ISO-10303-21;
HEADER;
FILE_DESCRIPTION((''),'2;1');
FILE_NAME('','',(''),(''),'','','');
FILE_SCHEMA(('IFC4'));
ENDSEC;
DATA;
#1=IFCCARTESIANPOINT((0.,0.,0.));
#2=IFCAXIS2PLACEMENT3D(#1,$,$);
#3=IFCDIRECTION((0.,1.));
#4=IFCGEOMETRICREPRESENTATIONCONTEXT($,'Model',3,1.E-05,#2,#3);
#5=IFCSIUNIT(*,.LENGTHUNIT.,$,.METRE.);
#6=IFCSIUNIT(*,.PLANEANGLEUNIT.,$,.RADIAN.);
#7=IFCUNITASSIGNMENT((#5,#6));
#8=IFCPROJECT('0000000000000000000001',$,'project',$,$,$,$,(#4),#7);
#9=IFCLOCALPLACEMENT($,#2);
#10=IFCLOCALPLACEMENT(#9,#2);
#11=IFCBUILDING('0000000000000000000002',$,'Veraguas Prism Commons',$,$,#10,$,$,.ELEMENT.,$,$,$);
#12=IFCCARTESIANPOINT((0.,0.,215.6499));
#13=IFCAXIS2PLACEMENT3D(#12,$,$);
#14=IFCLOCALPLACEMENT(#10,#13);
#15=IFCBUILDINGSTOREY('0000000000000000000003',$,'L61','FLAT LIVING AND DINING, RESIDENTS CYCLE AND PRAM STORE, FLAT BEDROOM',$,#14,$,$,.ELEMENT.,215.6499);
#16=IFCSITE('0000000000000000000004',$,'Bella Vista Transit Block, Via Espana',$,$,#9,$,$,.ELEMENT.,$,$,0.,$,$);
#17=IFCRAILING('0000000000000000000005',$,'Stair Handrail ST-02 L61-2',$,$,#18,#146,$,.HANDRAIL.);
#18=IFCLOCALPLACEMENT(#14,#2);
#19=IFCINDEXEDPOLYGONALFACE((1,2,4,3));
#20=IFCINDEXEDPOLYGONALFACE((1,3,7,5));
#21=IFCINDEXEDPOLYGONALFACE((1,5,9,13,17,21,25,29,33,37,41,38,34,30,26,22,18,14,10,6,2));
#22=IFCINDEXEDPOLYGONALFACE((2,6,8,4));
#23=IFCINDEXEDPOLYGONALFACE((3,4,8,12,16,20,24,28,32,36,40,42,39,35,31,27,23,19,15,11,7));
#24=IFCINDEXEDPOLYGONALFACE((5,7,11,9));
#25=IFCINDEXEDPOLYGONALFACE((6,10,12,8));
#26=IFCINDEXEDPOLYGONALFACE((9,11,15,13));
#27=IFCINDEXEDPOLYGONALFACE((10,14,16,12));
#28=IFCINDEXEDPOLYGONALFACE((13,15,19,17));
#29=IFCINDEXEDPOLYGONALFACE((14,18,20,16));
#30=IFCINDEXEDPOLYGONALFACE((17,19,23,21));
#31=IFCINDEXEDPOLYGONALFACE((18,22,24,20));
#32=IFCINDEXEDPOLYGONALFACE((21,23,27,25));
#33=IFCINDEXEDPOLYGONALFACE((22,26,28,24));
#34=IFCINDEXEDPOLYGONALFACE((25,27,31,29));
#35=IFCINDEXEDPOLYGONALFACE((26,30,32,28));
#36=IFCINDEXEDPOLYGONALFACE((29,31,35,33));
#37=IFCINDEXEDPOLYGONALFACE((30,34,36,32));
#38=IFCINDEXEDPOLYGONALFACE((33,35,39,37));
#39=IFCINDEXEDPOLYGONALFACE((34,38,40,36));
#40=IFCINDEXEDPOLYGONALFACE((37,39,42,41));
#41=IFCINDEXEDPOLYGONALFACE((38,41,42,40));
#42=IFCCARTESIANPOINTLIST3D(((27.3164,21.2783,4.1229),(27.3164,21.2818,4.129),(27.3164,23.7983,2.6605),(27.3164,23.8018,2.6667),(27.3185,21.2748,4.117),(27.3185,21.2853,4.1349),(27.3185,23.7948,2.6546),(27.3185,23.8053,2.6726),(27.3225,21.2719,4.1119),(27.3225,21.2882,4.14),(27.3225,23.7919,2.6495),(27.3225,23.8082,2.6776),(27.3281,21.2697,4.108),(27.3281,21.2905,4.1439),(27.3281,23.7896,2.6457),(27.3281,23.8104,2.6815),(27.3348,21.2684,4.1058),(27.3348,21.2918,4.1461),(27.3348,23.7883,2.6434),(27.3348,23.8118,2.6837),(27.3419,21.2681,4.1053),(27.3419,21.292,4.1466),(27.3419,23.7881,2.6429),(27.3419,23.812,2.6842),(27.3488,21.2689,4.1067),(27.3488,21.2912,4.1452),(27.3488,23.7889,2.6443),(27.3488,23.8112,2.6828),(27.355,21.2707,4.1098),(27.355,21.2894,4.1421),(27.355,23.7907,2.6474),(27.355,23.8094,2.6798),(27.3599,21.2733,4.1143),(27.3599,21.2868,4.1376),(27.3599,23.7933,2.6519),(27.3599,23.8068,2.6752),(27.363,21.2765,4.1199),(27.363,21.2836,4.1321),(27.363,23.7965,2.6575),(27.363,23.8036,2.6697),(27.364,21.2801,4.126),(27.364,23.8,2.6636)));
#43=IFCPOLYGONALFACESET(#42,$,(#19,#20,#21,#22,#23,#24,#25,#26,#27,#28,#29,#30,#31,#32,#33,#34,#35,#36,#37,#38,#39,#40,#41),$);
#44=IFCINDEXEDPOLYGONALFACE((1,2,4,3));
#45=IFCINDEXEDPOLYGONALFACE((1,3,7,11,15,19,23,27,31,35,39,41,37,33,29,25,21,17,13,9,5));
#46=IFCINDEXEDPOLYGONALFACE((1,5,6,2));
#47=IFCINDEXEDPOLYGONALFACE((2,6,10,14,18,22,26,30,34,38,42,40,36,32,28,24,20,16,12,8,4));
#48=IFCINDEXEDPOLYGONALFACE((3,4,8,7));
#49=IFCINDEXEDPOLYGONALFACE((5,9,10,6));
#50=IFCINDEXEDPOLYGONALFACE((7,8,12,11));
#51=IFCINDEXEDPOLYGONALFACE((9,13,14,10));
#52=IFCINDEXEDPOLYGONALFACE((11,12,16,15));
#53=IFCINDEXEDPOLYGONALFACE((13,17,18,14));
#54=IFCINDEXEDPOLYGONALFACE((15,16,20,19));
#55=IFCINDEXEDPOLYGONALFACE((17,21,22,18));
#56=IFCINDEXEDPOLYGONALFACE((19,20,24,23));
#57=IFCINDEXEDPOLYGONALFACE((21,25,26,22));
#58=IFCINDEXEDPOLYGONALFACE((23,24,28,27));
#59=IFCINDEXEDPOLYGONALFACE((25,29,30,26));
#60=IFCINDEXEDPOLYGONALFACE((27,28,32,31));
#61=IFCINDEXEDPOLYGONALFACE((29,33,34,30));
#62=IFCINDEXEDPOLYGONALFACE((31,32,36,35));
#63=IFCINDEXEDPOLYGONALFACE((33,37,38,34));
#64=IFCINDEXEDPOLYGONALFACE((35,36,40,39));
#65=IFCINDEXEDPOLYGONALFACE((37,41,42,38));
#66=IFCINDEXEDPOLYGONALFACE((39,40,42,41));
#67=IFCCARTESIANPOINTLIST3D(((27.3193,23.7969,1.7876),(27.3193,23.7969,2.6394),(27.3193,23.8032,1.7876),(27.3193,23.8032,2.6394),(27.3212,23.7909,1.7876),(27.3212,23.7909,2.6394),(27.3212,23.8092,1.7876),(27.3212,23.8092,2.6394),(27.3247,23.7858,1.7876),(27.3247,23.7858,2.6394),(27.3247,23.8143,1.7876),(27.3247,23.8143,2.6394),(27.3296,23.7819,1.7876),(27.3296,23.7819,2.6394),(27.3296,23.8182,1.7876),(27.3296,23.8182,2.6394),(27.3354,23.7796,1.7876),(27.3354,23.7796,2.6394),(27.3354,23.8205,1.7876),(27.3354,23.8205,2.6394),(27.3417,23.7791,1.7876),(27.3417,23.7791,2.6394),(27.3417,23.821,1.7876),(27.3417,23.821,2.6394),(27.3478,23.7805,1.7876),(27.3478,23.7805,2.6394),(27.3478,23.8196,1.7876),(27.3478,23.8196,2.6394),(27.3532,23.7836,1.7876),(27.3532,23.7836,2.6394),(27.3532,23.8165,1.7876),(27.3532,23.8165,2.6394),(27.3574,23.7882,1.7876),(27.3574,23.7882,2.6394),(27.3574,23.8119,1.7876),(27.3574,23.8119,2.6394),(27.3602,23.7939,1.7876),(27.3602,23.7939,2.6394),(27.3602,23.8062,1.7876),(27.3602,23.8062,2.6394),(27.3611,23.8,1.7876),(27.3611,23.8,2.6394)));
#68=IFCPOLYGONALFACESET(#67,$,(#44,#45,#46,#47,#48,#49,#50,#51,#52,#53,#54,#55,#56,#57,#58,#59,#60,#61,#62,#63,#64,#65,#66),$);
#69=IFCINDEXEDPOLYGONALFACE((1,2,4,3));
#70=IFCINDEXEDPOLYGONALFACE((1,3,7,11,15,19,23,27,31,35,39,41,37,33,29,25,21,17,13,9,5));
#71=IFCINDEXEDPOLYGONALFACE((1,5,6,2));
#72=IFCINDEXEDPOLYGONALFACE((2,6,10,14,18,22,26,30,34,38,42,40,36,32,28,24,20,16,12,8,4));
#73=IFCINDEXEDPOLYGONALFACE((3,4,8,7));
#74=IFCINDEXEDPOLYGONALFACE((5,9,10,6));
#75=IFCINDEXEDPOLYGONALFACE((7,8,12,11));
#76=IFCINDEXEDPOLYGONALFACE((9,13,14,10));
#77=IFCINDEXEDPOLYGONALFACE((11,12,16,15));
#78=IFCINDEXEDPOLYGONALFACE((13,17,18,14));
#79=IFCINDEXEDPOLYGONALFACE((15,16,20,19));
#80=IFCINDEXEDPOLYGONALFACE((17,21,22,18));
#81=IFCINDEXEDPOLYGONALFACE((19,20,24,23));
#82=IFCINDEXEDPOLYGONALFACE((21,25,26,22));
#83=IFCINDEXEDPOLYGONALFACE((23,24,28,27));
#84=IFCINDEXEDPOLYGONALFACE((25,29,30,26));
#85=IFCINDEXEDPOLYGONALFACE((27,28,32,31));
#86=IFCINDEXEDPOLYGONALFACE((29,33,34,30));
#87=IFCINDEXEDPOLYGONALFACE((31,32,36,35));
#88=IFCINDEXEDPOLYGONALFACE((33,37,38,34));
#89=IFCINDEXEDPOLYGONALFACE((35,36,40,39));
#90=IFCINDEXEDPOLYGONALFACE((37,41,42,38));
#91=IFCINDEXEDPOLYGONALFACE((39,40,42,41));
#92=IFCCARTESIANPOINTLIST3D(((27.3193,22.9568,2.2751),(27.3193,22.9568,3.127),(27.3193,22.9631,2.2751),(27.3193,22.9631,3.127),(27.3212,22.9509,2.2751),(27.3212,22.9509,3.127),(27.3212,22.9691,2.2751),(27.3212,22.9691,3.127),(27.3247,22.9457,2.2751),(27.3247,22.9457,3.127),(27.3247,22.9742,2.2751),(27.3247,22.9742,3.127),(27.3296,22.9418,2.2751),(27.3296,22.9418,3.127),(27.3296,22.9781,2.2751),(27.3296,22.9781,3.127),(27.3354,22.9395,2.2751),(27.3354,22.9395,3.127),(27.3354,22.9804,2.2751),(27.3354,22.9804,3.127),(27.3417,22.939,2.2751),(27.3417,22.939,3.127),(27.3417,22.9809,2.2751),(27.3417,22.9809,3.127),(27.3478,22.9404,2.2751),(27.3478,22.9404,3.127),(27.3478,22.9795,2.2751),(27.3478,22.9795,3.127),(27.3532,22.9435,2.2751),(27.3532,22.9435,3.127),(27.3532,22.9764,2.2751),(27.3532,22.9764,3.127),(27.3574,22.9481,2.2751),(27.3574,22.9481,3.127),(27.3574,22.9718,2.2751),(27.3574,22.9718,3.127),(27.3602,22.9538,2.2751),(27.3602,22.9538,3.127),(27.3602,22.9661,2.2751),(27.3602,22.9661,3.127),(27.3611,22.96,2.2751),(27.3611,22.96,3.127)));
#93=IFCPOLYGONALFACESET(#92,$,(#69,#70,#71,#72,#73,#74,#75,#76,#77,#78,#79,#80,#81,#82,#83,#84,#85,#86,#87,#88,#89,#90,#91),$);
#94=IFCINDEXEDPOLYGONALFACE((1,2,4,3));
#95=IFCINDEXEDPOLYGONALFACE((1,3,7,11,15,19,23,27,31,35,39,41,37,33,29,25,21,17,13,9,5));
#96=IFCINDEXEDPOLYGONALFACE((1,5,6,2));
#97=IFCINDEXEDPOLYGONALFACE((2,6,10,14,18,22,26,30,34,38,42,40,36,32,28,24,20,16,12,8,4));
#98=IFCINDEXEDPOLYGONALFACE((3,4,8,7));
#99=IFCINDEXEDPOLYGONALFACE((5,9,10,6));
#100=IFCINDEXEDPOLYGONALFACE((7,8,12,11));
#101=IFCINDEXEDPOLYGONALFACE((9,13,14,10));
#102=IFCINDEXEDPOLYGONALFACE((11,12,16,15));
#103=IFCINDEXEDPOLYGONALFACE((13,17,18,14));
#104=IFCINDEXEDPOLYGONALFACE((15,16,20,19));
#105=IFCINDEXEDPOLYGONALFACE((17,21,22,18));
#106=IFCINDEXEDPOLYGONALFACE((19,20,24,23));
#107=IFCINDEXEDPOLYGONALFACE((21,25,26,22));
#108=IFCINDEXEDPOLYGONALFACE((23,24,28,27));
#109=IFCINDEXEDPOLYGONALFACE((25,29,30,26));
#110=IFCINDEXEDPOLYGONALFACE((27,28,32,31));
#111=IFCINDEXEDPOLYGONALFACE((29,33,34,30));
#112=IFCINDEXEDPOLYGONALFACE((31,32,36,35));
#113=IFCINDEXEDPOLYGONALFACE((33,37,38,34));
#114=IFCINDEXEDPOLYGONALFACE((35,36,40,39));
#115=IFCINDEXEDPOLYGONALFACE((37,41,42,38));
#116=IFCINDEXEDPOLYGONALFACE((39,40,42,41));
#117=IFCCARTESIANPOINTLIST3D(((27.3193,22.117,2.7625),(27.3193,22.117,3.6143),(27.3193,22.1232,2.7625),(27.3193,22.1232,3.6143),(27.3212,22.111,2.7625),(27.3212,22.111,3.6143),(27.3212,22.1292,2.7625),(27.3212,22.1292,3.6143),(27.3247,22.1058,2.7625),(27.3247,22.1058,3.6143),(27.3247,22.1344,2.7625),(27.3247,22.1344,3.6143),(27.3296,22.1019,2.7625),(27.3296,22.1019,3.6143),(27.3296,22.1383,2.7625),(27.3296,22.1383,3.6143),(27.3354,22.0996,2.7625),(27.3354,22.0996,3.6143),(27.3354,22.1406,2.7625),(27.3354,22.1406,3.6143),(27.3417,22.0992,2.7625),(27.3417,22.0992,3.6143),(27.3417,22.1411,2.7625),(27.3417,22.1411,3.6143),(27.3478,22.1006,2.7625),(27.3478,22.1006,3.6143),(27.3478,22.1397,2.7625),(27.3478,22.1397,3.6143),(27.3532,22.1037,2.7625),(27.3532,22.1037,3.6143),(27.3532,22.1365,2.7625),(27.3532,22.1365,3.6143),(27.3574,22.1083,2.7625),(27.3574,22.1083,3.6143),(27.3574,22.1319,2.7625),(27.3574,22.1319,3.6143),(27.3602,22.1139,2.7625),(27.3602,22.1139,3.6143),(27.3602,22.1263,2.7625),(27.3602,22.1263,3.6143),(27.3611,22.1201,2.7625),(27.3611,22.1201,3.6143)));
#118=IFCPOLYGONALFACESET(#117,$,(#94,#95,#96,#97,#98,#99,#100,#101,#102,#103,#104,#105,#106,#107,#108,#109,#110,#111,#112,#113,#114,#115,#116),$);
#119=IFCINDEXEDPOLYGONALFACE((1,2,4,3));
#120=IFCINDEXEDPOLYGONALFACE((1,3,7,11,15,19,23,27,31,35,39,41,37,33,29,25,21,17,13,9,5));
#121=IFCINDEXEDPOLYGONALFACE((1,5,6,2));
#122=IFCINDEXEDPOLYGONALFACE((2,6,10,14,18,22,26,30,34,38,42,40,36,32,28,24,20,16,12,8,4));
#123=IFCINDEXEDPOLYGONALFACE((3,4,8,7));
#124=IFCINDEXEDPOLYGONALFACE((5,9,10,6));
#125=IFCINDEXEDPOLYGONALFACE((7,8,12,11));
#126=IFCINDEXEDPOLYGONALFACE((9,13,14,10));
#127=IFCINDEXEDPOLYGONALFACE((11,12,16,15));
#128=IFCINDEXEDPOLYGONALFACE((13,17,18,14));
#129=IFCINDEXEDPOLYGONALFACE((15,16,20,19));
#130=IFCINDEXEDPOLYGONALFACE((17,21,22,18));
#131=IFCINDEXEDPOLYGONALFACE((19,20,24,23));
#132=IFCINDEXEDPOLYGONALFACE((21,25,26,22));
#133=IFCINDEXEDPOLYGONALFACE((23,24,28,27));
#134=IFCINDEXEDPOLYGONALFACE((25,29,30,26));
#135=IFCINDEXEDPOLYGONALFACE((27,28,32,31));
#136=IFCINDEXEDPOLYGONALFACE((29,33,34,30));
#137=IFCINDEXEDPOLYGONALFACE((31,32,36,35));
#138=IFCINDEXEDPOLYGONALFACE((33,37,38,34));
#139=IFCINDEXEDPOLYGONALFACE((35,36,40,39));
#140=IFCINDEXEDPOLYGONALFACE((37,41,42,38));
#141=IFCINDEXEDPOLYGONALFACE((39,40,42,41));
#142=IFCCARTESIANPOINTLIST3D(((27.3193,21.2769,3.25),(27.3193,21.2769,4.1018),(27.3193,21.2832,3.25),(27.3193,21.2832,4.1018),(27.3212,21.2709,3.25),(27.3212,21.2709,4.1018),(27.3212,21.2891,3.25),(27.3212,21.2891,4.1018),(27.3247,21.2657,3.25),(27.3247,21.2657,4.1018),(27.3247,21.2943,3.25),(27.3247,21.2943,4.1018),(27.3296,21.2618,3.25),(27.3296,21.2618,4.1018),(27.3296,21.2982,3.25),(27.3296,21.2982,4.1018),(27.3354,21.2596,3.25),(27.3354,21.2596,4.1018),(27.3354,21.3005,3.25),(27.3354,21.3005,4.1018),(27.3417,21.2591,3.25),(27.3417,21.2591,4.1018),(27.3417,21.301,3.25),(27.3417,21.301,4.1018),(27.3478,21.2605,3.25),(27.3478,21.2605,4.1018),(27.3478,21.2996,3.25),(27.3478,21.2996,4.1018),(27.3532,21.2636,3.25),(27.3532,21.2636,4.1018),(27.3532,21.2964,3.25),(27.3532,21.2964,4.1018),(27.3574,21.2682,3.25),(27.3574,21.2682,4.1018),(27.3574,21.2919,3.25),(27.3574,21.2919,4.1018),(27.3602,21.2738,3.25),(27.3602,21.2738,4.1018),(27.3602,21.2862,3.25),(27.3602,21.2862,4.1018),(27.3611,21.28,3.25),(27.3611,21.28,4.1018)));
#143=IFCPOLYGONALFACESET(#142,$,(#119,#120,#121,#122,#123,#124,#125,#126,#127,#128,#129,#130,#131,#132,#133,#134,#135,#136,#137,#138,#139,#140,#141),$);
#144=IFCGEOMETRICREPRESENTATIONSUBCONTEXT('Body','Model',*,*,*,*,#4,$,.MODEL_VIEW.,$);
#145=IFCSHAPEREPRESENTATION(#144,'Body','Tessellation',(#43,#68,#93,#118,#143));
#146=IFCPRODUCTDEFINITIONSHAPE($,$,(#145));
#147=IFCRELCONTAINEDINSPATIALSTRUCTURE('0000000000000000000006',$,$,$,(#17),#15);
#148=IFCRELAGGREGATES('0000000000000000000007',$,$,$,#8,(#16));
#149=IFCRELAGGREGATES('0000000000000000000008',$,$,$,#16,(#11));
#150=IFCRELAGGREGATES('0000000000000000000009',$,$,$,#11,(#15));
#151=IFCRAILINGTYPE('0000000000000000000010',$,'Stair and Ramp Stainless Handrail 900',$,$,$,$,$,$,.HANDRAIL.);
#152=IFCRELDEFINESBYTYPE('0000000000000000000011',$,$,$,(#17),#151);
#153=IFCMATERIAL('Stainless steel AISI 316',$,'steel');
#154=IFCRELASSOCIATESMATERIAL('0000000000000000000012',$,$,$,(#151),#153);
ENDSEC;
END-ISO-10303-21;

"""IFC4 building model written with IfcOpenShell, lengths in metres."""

from ifc_helpers import new_model, si_unit, direction, frame, origin, origin_2d, place, context, subcontext, project, spatial, circle, extrude, material, type_object, element, save


model = new_model("IFC4")

# Units and contexts
model_context = context("Model", 3, precision=1e-05, world=origin(), true_north=direction((0.0, 1.0)))
body_context = subcontext(model_context, "Body", "Model", "MODEL_VIEW")
ifc_project = project(units=[si_unit("LENGTHUNIT", "METRE"), si_unit("PLANEANGLEUNIT", "RADIAN")], contexts=[model_context])

# Site, building, storey
site_placement = place(None, origin())
site = spatial("IfcSite", under=ifc_project, at=site_placement, Name="Bella Vista Transit Block, Via Espana", CompositionType="ELEMENT", RefElevation=0.0)
building_placement = place(site_placement, origin())
building = spatial("IfcBuilding", under=site, at=building_placement, Name="Veraguas Prism Commons", CompositionType="ELEMENT")
storey_placement = place(building_placement, frame((0.0, 0.0, 215.6499)))
storey = spatial("IfcBuildingStorey", under=building, at=storey_placement, Name="L61", Description="FLAT LIVING AND DINING, RESIDENTS CYCLE AND PRAM STORE, FLAT BEDROOM", CompositionType="ELEMENT", Elevation=215.6499)

# Railing
ifc_material_1 = material(Name="Stainless steel AISI 316", Category="steel")
railing_type_1 = type_object("IfcRailingType", Name="Stair and Ramp Stainless Handrail 900", PredefinedType="HANDRAIL", material=ifc_material_1)
railing_1_placement = place(storey_placement, frame((27.3401, 23.8, 1.7876)))
element("IfcRailing", 1, at=railing_1_placement, inside=storey, type_object=railing_type_1, Name="Stair Handrail ST-02 L61-2", PredefinedType="HANDRAIL", context=body_context, shape_type="SweptSolid", body=[
    extrude(circle(Radius=0.0239, at=origin_2d()), frame((0.0, 0.0, 0.876), z_axis=(0.0, -0.864913, 0.501921), x_axis=(1.0, 0.0, 0.0)), (0.0, 0.0, 1.0), 2.9136),
    extrude(circle(Radius=0.021, at=origin_2d()), origin(), (0.0, 0.0, 1.0), 0.8518),
    extrude(circle(Radius=0.021, at=origin_2d()), frame((0.0, -0.8401, 0.4875)), (0.0, 0.0, 1.0), 0.8518),
    extrude(circle(Radius=0.021, at=origin_2d()), frame((0.0, -1.6799, 0.9749)), (0.0, 0.0, 1.0), 0.8518),
    extrude(circle(Radius=0.021, at=origin_2d()), frame((0.0, -2.52, 1.4624)), (0.0, 0.0, 1.0), 0.8518),
])

save(model, "model.ifc")
